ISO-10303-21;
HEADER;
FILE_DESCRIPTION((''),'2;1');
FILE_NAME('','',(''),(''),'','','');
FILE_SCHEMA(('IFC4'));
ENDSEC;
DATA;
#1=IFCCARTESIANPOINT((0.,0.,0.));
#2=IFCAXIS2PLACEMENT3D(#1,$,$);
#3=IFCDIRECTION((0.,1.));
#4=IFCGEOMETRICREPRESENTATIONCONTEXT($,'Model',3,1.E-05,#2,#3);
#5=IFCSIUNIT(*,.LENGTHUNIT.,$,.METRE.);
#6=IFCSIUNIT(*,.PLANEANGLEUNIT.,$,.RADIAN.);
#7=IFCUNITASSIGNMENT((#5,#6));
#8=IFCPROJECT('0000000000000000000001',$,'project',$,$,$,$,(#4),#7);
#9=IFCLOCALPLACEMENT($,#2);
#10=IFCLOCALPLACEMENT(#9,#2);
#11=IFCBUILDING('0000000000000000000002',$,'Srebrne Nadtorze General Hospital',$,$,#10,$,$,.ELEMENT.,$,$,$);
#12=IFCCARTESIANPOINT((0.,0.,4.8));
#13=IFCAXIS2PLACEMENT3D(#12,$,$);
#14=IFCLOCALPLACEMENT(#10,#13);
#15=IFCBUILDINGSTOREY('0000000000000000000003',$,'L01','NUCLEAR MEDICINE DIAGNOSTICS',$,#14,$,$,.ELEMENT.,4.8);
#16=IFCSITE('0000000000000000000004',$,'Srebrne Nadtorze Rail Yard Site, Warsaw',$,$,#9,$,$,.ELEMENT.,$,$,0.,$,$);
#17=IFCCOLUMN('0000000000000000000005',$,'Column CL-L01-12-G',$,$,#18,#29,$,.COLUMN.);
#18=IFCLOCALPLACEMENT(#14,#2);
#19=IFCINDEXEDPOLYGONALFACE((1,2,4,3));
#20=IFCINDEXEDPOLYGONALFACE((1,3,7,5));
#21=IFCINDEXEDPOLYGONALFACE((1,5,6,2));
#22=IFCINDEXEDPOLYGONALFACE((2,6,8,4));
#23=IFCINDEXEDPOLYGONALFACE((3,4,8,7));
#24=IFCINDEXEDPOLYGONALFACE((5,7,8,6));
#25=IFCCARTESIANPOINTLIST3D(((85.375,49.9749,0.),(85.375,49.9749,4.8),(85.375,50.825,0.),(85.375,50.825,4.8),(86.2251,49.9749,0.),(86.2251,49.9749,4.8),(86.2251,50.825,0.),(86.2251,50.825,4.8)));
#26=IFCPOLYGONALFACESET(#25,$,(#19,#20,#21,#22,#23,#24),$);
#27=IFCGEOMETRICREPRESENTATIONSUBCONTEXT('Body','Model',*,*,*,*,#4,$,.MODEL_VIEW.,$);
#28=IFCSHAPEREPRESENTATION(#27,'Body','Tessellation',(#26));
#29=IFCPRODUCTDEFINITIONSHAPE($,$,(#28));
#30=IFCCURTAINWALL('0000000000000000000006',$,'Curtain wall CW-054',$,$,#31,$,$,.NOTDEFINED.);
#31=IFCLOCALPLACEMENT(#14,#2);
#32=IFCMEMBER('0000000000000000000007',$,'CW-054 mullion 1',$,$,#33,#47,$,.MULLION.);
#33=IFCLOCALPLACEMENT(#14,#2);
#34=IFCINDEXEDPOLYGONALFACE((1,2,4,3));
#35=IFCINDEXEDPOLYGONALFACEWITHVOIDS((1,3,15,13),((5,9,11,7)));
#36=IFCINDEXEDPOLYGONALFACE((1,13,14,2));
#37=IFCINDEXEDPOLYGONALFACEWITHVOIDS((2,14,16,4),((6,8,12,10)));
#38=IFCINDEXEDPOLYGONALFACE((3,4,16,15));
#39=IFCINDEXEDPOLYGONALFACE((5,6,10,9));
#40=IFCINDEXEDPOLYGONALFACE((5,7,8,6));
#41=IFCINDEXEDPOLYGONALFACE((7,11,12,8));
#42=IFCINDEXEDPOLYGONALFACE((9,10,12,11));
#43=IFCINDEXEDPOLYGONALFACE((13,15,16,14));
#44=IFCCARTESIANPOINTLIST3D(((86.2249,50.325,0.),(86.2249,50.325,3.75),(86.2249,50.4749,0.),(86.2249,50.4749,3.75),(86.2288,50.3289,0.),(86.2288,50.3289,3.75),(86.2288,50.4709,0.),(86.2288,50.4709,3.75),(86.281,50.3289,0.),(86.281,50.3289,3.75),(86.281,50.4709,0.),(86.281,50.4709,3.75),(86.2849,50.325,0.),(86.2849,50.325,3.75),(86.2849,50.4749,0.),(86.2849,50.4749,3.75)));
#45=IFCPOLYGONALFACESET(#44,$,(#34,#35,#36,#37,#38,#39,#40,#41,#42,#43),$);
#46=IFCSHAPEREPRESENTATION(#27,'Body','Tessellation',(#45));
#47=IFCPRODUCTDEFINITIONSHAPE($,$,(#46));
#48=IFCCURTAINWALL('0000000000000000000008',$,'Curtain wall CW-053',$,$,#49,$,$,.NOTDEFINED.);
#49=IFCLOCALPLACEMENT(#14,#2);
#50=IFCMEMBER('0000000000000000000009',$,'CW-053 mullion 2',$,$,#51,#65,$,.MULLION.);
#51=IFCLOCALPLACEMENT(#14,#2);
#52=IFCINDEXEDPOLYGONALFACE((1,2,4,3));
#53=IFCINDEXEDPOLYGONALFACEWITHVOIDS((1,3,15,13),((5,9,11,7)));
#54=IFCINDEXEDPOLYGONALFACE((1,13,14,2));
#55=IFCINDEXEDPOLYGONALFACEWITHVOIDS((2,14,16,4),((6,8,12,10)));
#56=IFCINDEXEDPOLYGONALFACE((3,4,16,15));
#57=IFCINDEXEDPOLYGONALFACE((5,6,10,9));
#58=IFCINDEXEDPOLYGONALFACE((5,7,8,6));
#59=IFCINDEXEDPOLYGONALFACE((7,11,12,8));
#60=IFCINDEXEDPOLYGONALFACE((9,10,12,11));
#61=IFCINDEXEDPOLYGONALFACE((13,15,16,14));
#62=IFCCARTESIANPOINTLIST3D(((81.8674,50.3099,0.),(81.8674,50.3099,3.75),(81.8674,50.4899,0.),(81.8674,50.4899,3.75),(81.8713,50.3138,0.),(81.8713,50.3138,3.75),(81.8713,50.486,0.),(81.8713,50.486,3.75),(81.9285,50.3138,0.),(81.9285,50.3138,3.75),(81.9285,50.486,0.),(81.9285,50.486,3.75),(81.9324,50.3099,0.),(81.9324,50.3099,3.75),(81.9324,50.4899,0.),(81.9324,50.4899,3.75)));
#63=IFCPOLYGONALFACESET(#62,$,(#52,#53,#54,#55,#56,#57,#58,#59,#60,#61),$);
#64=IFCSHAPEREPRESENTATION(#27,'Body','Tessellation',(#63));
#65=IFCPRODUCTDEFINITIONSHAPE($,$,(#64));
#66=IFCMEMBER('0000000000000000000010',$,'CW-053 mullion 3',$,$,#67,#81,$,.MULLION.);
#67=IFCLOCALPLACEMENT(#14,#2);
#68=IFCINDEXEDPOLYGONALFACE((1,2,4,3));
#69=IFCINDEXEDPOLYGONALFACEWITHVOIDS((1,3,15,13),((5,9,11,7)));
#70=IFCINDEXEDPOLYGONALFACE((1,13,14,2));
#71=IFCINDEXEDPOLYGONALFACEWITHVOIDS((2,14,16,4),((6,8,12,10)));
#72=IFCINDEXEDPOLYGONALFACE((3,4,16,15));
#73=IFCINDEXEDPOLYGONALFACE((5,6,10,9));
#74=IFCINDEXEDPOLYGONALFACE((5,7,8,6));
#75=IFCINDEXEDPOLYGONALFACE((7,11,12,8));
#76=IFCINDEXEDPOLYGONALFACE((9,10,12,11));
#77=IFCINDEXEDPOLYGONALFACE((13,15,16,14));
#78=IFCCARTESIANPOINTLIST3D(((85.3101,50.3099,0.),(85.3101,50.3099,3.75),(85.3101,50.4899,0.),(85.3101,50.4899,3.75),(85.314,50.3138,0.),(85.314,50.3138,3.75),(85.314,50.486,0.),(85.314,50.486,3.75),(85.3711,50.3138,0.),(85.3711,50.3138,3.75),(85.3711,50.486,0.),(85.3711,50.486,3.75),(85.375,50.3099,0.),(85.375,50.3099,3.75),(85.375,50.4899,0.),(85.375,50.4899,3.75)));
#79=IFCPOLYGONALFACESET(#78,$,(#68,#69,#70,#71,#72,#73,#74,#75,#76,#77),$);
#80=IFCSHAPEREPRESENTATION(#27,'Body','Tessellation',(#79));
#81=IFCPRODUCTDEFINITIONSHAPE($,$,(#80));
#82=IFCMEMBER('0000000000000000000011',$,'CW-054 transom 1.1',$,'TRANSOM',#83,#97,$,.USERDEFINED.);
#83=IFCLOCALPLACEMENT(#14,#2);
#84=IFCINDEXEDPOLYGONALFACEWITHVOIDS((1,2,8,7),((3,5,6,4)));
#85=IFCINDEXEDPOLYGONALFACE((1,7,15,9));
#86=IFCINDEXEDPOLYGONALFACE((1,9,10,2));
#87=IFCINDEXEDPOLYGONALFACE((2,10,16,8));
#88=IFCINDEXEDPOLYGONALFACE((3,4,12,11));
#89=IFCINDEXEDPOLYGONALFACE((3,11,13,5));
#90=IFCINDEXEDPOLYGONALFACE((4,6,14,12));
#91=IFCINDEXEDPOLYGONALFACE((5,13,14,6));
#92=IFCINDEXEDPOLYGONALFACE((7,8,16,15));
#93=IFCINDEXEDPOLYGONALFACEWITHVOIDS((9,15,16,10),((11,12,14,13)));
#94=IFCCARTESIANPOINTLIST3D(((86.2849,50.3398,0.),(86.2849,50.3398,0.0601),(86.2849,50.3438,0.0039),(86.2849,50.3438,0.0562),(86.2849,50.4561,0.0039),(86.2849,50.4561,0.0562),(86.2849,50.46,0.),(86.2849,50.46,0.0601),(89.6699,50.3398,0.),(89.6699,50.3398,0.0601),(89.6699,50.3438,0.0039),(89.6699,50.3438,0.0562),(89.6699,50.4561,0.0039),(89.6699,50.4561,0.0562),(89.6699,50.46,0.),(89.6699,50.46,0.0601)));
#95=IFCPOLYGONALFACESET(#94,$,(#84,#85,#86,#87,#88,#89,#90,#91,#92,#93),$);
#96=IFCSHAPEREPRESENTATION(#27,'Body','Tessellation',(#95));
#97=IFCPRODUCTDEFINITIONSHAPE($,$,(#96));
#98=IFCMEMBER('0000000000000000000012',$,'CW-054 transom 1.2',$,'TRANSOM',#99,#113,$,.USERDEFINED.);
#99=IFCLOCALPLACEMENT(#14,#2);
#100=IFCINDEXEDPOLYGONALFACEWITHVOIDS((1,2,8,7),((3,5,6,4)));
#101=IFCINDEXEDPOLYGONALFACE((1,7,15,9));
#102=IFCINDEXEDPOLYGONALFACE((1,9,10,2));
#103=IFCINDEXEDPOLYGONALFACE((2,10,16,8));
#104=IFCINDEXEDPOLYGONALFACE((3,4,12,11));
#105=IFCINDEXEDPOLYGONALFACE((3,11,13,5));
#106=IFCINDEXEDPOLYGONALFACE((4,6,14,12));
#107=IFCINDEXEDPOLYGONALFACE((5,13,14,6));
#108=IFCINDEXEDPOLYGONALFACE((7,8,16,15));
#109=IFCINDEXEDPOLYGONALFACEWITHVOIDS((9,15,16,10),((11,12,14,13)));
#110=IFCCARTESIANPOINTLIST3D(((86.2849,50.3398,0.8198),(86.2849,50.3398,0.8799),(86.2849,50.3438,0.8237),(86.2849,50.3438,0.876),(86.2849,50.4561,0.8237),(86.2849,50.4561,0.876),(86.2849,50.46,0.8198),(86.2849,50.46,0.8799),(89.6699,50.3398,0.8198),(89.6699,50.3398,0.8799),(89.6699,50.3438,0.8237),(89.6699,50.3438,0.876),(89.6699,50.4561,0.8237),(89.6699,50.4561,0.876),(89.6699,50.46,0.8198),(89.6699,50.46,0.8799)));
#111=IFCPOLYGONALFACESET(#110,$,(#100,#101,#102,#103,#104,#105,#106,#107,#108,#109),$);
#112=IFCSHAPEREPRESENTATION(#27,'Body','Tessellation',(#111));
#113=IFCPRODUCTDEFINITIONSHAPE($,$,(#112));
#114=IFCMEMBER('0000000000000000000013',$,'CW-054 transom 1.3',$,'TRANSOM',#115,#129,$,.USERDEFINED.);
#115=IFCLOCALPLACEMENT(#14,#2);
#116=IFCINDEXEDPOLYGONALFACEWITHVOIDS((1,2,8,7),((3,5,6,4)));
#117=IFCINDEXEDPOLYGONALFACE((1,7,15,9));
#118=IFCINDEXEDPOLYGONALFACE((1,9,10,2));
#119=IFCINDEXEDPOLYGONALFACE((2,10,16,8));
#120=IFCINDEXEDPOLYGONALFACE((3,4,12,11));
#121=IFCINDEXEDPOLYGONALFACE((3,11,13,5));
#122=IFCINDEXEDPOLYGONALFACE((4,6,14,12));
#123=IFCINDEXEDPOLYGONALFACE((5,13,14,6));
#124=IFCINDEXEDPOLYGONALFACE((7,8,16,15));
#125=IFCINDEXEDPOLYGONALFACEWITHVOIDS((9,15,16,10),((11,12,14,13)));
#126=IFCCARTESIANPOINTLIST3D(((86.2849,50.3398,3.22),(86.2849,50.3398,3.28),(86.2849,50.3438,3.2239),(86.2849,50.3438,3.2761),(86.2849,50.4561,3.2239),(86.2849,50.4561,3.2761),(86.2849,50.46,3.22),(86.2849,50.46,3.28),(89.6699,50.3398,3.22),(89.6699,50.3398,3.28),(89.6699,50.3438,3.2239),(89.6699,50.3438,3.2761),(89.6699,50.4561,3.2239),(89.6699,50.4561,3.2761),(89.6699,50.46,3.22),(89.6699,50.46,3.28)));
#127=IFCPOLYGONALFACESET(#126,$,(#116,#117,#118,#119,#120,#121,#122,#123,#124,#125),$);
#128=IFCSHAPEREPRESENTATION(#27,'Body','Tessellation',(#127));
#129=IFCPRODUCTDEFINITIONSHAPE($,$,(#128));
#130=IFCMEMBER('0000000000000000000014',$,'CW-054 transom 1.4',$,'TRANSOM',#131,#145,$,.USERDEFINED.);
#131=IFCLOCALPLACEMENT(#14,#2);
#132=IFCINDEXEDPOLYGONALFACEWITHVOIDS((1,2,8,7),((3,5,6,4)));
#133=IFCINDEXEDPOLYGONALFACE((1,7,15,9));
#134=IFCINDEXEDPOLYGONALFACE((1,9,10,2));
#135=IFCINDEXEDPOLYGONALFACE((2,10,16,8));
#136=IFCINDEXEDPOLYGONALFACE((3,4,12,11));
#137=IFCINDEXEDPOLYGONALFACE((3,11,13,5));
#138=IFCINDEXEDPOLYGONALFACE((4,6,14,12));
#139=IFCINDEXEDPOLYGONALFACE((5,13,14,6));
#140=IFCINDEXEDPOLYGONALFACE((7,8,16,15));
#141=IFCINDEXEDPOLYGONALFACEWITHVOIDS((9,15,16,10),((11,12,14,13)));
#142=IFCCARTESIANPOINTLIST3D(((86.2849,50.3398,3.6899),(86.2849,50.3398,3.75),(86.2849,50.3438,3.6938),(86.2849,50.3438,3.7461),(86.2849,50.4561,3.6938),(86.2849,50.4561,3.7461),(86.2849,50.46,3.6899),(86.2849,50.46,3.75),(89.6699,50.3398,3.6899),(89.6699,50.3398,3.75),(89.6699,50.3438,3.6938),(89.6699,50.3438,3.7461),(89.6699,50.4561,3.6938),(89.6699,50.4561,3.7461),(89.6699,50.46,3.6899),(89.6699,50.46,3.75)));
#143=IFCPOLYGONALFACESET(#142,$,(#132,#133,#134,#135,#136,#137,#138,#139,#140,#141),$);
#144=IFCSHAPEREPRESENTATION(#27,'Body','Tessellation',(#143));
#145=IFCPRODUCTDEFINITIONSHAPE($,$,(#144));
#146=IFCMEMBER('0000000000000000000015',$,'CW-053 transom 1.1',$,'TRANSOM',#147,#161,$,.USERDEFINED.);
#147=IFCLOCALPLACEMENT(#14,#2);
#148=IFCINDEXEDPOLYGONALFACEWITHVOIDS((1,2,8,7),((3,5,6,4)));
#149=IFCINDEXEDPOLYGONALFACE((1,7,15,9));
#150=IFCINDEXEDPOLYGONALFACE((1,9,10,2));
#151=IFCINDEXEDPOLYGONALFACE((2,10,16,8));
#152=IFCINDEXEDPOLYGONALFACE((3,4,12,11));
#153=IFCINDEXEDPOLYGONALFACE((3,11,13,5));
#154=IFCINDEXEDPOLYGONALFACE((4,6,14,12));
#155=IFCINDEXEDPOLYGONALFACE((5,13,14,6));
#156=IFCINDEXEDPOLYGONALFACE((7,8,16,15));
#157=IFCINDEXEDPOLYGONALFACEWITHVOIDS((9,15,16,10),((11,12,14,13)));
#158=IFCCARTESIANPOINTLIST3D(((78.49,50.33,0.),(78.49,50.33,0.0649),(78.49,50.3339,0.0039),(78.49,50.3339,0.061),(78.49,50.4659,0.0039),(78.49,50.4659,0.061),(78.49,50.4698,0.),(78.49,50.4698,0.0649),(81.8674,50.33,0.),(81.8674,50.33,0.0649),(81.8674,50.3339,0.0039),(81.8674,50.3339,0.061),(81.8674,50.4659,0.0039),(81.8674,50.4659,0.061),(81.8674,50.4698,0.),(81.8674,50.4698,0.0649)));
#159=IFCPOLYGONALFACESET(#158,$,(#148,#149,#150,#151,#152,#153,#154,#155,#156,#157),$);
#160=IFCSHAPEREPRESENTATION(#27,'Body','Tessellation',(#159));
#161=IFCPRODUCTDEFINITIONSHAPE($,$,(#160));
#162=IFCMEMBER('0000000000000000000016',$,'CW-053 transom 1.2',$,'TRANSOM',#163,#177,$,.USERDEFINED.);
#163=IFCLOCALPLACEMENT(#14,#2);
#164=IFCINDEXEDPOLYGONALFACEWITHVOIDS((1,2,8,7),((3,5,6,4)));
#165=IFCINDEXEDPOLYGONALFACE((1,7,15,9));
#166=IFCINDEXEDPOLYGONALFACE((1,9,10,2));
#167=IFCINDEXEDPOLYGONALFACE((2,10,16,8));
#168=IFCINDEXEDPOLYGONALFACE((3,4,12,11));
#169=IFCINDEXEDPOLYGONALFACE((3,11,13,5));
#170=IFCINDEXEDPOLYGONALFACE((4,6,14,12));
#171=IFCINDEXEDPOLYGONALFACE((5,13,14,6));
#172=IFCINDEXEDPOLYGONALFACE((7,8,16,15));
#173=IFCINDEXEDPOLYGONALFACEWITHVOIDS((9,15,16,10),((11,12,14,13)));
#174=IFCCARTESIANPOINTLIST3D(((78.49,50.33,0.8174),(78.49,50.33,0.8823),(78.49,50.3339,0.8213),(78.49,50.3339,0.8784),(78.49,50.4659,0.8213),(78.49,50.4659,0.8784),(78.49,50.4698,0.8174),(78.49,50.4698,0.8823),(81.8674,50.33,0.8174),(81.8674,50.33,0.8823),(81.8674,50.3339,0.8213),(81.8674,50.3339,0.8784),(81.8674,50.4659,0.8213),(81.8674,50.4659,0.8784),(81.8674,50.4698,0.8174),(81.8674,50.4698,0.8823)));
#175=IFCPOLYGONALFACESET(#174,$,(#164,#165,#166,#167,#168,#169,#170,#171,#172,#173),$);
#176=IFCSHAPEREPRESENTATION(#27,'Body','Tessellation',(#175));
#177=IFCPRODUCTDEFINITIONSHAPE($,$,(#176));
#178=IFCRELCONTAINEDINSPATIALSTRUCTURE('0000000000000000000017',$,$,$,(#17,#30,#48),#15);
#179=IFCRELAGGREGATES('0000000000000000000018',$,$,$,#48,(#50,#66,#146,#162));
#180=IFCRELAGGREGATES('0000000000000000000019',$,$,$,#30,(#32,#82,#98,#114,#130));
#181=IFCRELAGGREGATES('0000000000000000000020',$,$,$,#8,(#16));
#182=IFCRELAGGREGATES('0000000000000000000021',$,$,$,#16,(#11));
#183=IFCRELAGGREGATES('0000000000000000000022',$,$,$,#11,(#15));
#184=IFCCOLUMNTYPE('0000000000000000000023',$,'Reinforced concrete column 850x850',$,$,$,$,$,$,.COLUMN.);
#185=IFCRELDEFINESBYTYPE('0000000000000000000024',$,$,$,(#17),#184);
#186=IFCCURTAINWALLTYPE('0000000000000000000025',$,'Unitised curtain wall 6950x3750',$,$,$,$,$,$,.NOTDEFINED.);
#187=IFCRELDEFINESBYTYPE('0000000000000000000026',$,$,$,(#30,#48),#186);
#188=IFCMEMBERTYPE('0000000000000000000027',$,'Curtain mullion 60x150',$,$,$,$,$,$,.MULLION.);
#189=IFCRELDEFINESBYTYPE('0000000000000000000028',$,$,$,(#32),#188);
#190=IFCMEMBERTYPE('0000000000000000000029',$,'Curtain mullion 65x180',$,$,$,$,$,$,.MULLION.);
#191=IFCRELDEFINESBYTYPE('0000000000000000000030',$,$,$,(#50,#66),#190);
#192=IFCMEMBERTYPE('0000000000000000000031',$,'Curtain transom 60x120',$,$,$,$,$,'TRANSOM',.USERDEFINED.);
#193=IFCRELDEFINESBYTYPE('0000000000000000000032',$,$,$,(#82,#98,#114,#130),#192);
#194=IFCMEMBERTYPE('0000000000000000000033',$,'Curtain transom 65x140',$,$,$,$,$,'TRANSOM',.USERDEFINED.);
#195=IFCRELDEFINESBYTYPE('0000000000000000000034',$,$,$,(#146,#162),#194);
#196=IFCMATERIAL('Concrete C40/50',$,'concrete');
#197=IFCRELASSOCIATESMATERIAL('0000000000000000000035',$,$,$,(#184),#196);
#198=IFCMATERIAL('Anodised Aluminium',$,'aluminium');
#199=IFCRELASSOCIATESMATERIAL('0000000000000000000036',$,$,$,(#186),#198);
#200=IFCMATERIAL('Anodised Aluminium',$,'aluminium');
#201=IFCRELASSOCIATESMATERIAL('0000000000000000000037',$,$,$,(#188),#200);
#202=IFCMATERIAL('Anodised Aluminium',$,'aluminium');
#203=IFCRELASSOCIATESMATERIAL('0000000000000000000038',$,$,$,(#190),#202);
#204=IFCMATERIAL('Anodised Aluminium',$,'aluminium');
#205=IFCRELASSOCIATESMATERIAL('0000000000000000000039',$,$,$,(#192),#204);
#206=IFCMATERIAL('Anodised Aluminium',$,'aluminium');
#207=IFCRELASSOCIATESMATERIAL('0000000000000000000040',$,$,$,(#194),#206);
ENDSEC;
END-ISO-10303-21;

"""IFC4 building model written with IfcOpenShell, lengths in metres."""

from ifc_helpers import new_model, si_unit, direction, frame, origin, origin_2d, place, context, subcontext, project, spatial, rectangle, hollow_rectangle, extrude, material, material_profile, profile_set, type_object, element, aggregate, save


model = new_model("IFC4")

# Units and contexts
model_context = context("Model", 3, precision=1e-05, world=origin(), true_north=direction((0.0, 1.0)))
body_context = subcontext(model_context, "Body", "Model", "MODEL_VIEW")
ifc_project = project(units=[si_unit("LENGTHUNIT", "METRE"), si_unit("PLANEANGLEUNIT", "RADIAN")], contexts=[model_context])

# Site, building, storey
site_placement = place(None, origin())
site = spatial("IfcSite", under=ifc_project, at=site_placement, Name="Srebrne Nadtorze Rail Yard Site, Warsaw", CompositionType="ELEMENT", RefElevation=0.0)
building_placement = place(site_placement, origin())
building = spatial("IfcBuilding", under=site, at=building_placement, Name="Srebrne Nadtorze General Hospital", CompositionType="ELEMENT")
storey_placement = place(building_placement, frame((0.0, 0.0, 4.8)))
storey = spatial("IfcBuildingStorey", under=building, at=storey_placement, Name="L01", Description="NUCLEAR MEDICINE DIAGNOSTICS", CompositionType="ELEMENT", Elevation=4.8)

# Column
ifc_material_1 = material(Name="Concrete C40/50", Category="concrete")
ifc_material_profile_1 = material_profile(ifc_material_1, rectangle(XDim=0.8501, YDim=0.8501, at=origin_2d()), Name="RC-COL-850x850")
ifc_profile_set_1 = profile_set([ifc_material_profile_1], Name="Concrete C40/50")
column_type = type_object("IfcColumnType", Name="Reinforced concrete column 850x850", PredefinedType="COLUMN", material=ifc_profile_set_1)
column_placement = place(storey_placement, frame((85.8, 50.3999, 0.0), z_axis=(0.0, 0.0, 1.0), x_axis=(1.0, 0.0, 0.0)))
element("IfcColumn", 1, at=column_placement, inside=storey, type_object=column_type, Name="Column CL-L01-12-G", PredefinedType="COLUMN", context=body_context, shape_type="SweptSolid", body=[
    extrude(rectangle(XDim=0.8501, YDim=0.8501, at=origin_2d()), origin(), (0.0, 0.0, 1.0), 4.8),
])

# Curtain wall, member
ifc_material_2 = material(Name="Anodised Aluminium", Category="aluminium")
curtain_wall_type = type_object("IfcCurtainWallType", Name="Unitised curtain wall 6950x3750", PredefinedType="NOTDEFINED", material=ifc_material_2)
curtain_wall_1_placement = place(storey_placement, origin())
curtain_wall_1 = element("IfcCurtainWall", 2, at=curtain_wall_1_placement, inside=storey, type_object=curtain_wall_type, Name="Curtain wall CW-054", PredefinedType="NOTDEFINED")
ifc_material_3 = material(Name="Anodised Aluminium", Category="aluminium")
ifc_material_profile_2 = material_profile(ifc_material_3, hollow_rectangle(XDim=0.0601, YDim=0.1499, WallThickness=0.0039, at=origin_2d()), Name="AL-MUL-60x150")
ifc_profile_set_2 = profile_set([ifc_material_profile_2], Name="Anodised Aluminium")
member_type_1 = type_object("IfcMemberType", Name="Curtain mullion 60x150", PredefinedType="MULLION", material=ifc_profile_set_2)
member_1_placement = place(storey_placement, frame((86.2549, 50.3999, 0.0), z_axis=(0.0, 0.0, 1.0), x_axis=(1.0, 0.0, 0.0)))
member_1 = element("IfcMember", 3, at=member_1_placement, type_object=member_type_1, Name="CW-054 mullion 1", PredefinedType="MULLION", context=body_context, shape_type="SweptSolid", body=[
    extrude(hollow_rectangle(XDim=0.0601, YDim=0.1499, WallThickness=0.0039, at=origin_2d()), origin(), (0.0, 0.0, 1.0), 3.75),
])

# Curtain wall, members
curtain_wall_2_placement = place(storey_placement, origin())
curtain_wall_2 = element("IfcCurtainWall", 4, at=curtain_wall_2_placement, inside=storey, type_object=curtain_wall_type, Name="Curtain wall CW-053", PredefinedType="NOTDEFINED")
ifc_material_4 = material(Name="Anodised Aluminium", Category="aluminium")
ifc_material_profile_3 = material_profile(ifc_material_4, hollow_rectangle(XDim=0.0649, YDim=0.1799, WallThickness=0.0039, at=origin_2d()), Name="AL-MUL-65x180")
ifc_profile_set_3 = profile_set([ifc_material_profile_3], Name="Anodised Aluminium")
member_type_2 = type_object("IfcMemberType", Name="Curtain mullion 65x180", PredefinedType="MULLION", material=ifc_profile_set_3)
member_2_placement = place(storey_placement, frame((81.8999, 50.3999, 0.0), z_axis=(0.0, 0.0, 1.0), x_axis=(1.0, 0.0, 0.0)))
member_2 = element("IfcMember", 5, at=member_2_placement, type_object=member_type_2, Name="CW-053 mullion 2", PredefinedType="MULLION", context=body_context, shape_type="SweptSolid", body=[
    extrude(hollow_rectangle(XDim=0.0649, YDim=0.1799, WallThickness=0.0039, at=origin_2d()), origin(), (0.0, 0.0, 1.0), 3.75),
])
member_3_placement = place(storey_placement, frame((85.3425, 50.3999, 0.0), z_axis=(0.0, 0.0, 1.0), x_axis=(1.0, 0.0, 0.0)))
member_3 = element("IfcMember", 6, at=member_3_placement, type_object=member_type_2, Name="CW-053 mullion 3", PredefinedType="MULLION", context=body_context, shape_type="SweptSolid", body=[
    extrude(hollow_rectangle(XDim=0.0649, YDim=0.1799, WallThickness=0.0039, at=origin_2d()), origin(), (0.0, 0.0, 1.0), 3.75),
])

# Members
ifc_material_5 = material(Name="Anodised Aluminium", Category="aluminium")
ifc_material_profile_4 = material_profile(ifc_material_5, hollow_rectangle(XDim=0.0601, YDim=0.1201, WallThickness=0.0039, at=origin_2d()), Name="AL-TRN-60x120")
ifc_profile_set_4 = profile_set([ifc_material_profile_4], Name="Anodised Aluminium")
member_type_3 = type_object("IfcMemberType", Name="Curtain transom 60x120", ElementType="TRANSOM", PredefinedType="USERDEFINED", material=ifc_profile_set_4)
member_4_placement = place(storey_placement, frame((86.2849, 50.3999, 0.03), z_axis=(1.0, 0.0, 0.0), x_axis=(0.0, 0.0, 1.0)))
member_4 = element("IfcMember", 7, at=member_4_placement, type_object=member_type_3, Name="CW-054 transom 1.1", ObjectType="TRANSOM", PredefinedType="USERDEFINED", context=body_context, shape_type="SweptSolid", body=[
    extrude(hollow_rectangle(XDim=0.0601, YDim=0.1201, WallThickness=0.0039, at=origin_2d()), origin(), (0.0, 0.0, 1.0), 3.385),
])
member_5_placement = place(storey_placement, frame((86.2849, 50.3999, 0.8499), z_axis=(1.0, 0.0, 0.0), x_axis=(0.0, 0.0, 1.0)))
member_5 = element("IfcMember", 8, at=member_5_placement, type_object=member_type_3, Name="CW-054 transom 1.2", ObjectType="TRANSOM", PredefinedType="USERDEFINED", context=body_context, shape_type="SweptSolid", body=[
    extrude(hollow_rectangle(XDim=0.0601, YDim=0.1201, WallThickness=0.0039, at=origin_2d()), origin(), (0.0, 0.0, 1.0), 3.385),
])
member_6_placement = place(storey_placement, frame((86.2849, 50.3999, 3.25), z_axis=(1.0, 0.0, 0.0), x_axis=(0.0, 0.0, 1.0)))
member_6 = element("IfcMember", 9, at=member_6_placement, type_object=member_type_3, Name="CW-054 transom 1.3", ObjectType="TRANSOM", PredefinedType="USERDEFINED", context=body_context, shape_type="SweptSolid", body=[
    extrude(hollow_rectangle(XDim=0.0601, YDim=0.1201, WallThickness=0.0039, at=origin_2d()), origin(), (0.0, 0.0, 1.0), 3.385),
])
member_7_placement = place(storey_placement, frame((86.2849, 50.3999, 3.72), z_axis=(1.0, 0.0, 0.0), x_axis=(0.0, 0.0, 1.0)))
member_7 = element("IfcMember", 10, at=member_7_placement, type_object=member_type_3, Name="CW-054 transom 1.4", ObjectType="TRANSOM", PredefinedType="USERDEFINED", context=body_context, shape_type="SweptSolid", body=[
    extrude(hollow_rectangle(XDim=0.0601, YDim=0.1201, WallThickness=0.0039, at=origin_2d()), origin(), (0.0, 0.0, 1.0), 3.385),
])
ifc_material_6 = material(Name="Anodised Aluminium", Category="aluminium")
ifc_material_profile_5 = material_profile(ifc_material_6, hollow_rectangle(XDim=0.0649, YDim=0.1399, WallThickness=0.0039, at=origin_2d()), Name="AL-TRN-65x140")
ifc_profile_set_5 = profile_set([ifc_material_profile_5], Name="Anodised Aluminium")
member_type_4 = type_object("IfcMemberType", Name="Curtain transom 65x140", ElementType="TRANSOM", PredefinedType="USERDEFINED", material=ifc_profile_set_5)
member_8_placement = place(storey_placement, frame((78.49, 50.3999, 0.0325), z_axis=(1.0, 0.0, 0.0), x_axis=(0.0, 0.0, 1.0)))
member_8 = element("IfcMember", 11, at=member_8_placement, type_object=member_type_4, Name="CW-053 transom 1.1", ObjectType="TRANSOM", PredefinedType="USERDEFINED", context=body_context, shape_type="SweptSolid", body=[
    extrude(hollow_rectangle(XDim=0.0649, YDim=0.1399, WallThickness=0.0039, at=origin_2d()), origin(), (0.0, 0.0, 1.0), 3.3774),
])
member_9_placement = place(storey_placement, frame((78.49, 50.3999, 0.8499), z_axis=(1.0, 0.0, 0.0), x_axis=(0.0, 0.0, 1.0)))
member_9 = element("IfcMember", 12, at=member_9_placement, type_object=member_type_4, Name="CW-053 transom 1.2", ObjectType="TRANSOM", PredefinedType="USERDEFINED", context=body_context, shape_type="SweptSolid", body=[
    extrude(hollow_rectangle(XDim=0.0649, YDim=0.1399, WallThickness=0.0039, at=origin_2d()), origin(), (0.0, 0.0, 1.0), 3.3774),
])

aggregate(curtain_wall_2, [member_2, member_3, member_8, member_9])
aggregate(curtain_wall_1, [member_1, member_4, member_5, member_6, member_7])

save(model, "model.ifc")
